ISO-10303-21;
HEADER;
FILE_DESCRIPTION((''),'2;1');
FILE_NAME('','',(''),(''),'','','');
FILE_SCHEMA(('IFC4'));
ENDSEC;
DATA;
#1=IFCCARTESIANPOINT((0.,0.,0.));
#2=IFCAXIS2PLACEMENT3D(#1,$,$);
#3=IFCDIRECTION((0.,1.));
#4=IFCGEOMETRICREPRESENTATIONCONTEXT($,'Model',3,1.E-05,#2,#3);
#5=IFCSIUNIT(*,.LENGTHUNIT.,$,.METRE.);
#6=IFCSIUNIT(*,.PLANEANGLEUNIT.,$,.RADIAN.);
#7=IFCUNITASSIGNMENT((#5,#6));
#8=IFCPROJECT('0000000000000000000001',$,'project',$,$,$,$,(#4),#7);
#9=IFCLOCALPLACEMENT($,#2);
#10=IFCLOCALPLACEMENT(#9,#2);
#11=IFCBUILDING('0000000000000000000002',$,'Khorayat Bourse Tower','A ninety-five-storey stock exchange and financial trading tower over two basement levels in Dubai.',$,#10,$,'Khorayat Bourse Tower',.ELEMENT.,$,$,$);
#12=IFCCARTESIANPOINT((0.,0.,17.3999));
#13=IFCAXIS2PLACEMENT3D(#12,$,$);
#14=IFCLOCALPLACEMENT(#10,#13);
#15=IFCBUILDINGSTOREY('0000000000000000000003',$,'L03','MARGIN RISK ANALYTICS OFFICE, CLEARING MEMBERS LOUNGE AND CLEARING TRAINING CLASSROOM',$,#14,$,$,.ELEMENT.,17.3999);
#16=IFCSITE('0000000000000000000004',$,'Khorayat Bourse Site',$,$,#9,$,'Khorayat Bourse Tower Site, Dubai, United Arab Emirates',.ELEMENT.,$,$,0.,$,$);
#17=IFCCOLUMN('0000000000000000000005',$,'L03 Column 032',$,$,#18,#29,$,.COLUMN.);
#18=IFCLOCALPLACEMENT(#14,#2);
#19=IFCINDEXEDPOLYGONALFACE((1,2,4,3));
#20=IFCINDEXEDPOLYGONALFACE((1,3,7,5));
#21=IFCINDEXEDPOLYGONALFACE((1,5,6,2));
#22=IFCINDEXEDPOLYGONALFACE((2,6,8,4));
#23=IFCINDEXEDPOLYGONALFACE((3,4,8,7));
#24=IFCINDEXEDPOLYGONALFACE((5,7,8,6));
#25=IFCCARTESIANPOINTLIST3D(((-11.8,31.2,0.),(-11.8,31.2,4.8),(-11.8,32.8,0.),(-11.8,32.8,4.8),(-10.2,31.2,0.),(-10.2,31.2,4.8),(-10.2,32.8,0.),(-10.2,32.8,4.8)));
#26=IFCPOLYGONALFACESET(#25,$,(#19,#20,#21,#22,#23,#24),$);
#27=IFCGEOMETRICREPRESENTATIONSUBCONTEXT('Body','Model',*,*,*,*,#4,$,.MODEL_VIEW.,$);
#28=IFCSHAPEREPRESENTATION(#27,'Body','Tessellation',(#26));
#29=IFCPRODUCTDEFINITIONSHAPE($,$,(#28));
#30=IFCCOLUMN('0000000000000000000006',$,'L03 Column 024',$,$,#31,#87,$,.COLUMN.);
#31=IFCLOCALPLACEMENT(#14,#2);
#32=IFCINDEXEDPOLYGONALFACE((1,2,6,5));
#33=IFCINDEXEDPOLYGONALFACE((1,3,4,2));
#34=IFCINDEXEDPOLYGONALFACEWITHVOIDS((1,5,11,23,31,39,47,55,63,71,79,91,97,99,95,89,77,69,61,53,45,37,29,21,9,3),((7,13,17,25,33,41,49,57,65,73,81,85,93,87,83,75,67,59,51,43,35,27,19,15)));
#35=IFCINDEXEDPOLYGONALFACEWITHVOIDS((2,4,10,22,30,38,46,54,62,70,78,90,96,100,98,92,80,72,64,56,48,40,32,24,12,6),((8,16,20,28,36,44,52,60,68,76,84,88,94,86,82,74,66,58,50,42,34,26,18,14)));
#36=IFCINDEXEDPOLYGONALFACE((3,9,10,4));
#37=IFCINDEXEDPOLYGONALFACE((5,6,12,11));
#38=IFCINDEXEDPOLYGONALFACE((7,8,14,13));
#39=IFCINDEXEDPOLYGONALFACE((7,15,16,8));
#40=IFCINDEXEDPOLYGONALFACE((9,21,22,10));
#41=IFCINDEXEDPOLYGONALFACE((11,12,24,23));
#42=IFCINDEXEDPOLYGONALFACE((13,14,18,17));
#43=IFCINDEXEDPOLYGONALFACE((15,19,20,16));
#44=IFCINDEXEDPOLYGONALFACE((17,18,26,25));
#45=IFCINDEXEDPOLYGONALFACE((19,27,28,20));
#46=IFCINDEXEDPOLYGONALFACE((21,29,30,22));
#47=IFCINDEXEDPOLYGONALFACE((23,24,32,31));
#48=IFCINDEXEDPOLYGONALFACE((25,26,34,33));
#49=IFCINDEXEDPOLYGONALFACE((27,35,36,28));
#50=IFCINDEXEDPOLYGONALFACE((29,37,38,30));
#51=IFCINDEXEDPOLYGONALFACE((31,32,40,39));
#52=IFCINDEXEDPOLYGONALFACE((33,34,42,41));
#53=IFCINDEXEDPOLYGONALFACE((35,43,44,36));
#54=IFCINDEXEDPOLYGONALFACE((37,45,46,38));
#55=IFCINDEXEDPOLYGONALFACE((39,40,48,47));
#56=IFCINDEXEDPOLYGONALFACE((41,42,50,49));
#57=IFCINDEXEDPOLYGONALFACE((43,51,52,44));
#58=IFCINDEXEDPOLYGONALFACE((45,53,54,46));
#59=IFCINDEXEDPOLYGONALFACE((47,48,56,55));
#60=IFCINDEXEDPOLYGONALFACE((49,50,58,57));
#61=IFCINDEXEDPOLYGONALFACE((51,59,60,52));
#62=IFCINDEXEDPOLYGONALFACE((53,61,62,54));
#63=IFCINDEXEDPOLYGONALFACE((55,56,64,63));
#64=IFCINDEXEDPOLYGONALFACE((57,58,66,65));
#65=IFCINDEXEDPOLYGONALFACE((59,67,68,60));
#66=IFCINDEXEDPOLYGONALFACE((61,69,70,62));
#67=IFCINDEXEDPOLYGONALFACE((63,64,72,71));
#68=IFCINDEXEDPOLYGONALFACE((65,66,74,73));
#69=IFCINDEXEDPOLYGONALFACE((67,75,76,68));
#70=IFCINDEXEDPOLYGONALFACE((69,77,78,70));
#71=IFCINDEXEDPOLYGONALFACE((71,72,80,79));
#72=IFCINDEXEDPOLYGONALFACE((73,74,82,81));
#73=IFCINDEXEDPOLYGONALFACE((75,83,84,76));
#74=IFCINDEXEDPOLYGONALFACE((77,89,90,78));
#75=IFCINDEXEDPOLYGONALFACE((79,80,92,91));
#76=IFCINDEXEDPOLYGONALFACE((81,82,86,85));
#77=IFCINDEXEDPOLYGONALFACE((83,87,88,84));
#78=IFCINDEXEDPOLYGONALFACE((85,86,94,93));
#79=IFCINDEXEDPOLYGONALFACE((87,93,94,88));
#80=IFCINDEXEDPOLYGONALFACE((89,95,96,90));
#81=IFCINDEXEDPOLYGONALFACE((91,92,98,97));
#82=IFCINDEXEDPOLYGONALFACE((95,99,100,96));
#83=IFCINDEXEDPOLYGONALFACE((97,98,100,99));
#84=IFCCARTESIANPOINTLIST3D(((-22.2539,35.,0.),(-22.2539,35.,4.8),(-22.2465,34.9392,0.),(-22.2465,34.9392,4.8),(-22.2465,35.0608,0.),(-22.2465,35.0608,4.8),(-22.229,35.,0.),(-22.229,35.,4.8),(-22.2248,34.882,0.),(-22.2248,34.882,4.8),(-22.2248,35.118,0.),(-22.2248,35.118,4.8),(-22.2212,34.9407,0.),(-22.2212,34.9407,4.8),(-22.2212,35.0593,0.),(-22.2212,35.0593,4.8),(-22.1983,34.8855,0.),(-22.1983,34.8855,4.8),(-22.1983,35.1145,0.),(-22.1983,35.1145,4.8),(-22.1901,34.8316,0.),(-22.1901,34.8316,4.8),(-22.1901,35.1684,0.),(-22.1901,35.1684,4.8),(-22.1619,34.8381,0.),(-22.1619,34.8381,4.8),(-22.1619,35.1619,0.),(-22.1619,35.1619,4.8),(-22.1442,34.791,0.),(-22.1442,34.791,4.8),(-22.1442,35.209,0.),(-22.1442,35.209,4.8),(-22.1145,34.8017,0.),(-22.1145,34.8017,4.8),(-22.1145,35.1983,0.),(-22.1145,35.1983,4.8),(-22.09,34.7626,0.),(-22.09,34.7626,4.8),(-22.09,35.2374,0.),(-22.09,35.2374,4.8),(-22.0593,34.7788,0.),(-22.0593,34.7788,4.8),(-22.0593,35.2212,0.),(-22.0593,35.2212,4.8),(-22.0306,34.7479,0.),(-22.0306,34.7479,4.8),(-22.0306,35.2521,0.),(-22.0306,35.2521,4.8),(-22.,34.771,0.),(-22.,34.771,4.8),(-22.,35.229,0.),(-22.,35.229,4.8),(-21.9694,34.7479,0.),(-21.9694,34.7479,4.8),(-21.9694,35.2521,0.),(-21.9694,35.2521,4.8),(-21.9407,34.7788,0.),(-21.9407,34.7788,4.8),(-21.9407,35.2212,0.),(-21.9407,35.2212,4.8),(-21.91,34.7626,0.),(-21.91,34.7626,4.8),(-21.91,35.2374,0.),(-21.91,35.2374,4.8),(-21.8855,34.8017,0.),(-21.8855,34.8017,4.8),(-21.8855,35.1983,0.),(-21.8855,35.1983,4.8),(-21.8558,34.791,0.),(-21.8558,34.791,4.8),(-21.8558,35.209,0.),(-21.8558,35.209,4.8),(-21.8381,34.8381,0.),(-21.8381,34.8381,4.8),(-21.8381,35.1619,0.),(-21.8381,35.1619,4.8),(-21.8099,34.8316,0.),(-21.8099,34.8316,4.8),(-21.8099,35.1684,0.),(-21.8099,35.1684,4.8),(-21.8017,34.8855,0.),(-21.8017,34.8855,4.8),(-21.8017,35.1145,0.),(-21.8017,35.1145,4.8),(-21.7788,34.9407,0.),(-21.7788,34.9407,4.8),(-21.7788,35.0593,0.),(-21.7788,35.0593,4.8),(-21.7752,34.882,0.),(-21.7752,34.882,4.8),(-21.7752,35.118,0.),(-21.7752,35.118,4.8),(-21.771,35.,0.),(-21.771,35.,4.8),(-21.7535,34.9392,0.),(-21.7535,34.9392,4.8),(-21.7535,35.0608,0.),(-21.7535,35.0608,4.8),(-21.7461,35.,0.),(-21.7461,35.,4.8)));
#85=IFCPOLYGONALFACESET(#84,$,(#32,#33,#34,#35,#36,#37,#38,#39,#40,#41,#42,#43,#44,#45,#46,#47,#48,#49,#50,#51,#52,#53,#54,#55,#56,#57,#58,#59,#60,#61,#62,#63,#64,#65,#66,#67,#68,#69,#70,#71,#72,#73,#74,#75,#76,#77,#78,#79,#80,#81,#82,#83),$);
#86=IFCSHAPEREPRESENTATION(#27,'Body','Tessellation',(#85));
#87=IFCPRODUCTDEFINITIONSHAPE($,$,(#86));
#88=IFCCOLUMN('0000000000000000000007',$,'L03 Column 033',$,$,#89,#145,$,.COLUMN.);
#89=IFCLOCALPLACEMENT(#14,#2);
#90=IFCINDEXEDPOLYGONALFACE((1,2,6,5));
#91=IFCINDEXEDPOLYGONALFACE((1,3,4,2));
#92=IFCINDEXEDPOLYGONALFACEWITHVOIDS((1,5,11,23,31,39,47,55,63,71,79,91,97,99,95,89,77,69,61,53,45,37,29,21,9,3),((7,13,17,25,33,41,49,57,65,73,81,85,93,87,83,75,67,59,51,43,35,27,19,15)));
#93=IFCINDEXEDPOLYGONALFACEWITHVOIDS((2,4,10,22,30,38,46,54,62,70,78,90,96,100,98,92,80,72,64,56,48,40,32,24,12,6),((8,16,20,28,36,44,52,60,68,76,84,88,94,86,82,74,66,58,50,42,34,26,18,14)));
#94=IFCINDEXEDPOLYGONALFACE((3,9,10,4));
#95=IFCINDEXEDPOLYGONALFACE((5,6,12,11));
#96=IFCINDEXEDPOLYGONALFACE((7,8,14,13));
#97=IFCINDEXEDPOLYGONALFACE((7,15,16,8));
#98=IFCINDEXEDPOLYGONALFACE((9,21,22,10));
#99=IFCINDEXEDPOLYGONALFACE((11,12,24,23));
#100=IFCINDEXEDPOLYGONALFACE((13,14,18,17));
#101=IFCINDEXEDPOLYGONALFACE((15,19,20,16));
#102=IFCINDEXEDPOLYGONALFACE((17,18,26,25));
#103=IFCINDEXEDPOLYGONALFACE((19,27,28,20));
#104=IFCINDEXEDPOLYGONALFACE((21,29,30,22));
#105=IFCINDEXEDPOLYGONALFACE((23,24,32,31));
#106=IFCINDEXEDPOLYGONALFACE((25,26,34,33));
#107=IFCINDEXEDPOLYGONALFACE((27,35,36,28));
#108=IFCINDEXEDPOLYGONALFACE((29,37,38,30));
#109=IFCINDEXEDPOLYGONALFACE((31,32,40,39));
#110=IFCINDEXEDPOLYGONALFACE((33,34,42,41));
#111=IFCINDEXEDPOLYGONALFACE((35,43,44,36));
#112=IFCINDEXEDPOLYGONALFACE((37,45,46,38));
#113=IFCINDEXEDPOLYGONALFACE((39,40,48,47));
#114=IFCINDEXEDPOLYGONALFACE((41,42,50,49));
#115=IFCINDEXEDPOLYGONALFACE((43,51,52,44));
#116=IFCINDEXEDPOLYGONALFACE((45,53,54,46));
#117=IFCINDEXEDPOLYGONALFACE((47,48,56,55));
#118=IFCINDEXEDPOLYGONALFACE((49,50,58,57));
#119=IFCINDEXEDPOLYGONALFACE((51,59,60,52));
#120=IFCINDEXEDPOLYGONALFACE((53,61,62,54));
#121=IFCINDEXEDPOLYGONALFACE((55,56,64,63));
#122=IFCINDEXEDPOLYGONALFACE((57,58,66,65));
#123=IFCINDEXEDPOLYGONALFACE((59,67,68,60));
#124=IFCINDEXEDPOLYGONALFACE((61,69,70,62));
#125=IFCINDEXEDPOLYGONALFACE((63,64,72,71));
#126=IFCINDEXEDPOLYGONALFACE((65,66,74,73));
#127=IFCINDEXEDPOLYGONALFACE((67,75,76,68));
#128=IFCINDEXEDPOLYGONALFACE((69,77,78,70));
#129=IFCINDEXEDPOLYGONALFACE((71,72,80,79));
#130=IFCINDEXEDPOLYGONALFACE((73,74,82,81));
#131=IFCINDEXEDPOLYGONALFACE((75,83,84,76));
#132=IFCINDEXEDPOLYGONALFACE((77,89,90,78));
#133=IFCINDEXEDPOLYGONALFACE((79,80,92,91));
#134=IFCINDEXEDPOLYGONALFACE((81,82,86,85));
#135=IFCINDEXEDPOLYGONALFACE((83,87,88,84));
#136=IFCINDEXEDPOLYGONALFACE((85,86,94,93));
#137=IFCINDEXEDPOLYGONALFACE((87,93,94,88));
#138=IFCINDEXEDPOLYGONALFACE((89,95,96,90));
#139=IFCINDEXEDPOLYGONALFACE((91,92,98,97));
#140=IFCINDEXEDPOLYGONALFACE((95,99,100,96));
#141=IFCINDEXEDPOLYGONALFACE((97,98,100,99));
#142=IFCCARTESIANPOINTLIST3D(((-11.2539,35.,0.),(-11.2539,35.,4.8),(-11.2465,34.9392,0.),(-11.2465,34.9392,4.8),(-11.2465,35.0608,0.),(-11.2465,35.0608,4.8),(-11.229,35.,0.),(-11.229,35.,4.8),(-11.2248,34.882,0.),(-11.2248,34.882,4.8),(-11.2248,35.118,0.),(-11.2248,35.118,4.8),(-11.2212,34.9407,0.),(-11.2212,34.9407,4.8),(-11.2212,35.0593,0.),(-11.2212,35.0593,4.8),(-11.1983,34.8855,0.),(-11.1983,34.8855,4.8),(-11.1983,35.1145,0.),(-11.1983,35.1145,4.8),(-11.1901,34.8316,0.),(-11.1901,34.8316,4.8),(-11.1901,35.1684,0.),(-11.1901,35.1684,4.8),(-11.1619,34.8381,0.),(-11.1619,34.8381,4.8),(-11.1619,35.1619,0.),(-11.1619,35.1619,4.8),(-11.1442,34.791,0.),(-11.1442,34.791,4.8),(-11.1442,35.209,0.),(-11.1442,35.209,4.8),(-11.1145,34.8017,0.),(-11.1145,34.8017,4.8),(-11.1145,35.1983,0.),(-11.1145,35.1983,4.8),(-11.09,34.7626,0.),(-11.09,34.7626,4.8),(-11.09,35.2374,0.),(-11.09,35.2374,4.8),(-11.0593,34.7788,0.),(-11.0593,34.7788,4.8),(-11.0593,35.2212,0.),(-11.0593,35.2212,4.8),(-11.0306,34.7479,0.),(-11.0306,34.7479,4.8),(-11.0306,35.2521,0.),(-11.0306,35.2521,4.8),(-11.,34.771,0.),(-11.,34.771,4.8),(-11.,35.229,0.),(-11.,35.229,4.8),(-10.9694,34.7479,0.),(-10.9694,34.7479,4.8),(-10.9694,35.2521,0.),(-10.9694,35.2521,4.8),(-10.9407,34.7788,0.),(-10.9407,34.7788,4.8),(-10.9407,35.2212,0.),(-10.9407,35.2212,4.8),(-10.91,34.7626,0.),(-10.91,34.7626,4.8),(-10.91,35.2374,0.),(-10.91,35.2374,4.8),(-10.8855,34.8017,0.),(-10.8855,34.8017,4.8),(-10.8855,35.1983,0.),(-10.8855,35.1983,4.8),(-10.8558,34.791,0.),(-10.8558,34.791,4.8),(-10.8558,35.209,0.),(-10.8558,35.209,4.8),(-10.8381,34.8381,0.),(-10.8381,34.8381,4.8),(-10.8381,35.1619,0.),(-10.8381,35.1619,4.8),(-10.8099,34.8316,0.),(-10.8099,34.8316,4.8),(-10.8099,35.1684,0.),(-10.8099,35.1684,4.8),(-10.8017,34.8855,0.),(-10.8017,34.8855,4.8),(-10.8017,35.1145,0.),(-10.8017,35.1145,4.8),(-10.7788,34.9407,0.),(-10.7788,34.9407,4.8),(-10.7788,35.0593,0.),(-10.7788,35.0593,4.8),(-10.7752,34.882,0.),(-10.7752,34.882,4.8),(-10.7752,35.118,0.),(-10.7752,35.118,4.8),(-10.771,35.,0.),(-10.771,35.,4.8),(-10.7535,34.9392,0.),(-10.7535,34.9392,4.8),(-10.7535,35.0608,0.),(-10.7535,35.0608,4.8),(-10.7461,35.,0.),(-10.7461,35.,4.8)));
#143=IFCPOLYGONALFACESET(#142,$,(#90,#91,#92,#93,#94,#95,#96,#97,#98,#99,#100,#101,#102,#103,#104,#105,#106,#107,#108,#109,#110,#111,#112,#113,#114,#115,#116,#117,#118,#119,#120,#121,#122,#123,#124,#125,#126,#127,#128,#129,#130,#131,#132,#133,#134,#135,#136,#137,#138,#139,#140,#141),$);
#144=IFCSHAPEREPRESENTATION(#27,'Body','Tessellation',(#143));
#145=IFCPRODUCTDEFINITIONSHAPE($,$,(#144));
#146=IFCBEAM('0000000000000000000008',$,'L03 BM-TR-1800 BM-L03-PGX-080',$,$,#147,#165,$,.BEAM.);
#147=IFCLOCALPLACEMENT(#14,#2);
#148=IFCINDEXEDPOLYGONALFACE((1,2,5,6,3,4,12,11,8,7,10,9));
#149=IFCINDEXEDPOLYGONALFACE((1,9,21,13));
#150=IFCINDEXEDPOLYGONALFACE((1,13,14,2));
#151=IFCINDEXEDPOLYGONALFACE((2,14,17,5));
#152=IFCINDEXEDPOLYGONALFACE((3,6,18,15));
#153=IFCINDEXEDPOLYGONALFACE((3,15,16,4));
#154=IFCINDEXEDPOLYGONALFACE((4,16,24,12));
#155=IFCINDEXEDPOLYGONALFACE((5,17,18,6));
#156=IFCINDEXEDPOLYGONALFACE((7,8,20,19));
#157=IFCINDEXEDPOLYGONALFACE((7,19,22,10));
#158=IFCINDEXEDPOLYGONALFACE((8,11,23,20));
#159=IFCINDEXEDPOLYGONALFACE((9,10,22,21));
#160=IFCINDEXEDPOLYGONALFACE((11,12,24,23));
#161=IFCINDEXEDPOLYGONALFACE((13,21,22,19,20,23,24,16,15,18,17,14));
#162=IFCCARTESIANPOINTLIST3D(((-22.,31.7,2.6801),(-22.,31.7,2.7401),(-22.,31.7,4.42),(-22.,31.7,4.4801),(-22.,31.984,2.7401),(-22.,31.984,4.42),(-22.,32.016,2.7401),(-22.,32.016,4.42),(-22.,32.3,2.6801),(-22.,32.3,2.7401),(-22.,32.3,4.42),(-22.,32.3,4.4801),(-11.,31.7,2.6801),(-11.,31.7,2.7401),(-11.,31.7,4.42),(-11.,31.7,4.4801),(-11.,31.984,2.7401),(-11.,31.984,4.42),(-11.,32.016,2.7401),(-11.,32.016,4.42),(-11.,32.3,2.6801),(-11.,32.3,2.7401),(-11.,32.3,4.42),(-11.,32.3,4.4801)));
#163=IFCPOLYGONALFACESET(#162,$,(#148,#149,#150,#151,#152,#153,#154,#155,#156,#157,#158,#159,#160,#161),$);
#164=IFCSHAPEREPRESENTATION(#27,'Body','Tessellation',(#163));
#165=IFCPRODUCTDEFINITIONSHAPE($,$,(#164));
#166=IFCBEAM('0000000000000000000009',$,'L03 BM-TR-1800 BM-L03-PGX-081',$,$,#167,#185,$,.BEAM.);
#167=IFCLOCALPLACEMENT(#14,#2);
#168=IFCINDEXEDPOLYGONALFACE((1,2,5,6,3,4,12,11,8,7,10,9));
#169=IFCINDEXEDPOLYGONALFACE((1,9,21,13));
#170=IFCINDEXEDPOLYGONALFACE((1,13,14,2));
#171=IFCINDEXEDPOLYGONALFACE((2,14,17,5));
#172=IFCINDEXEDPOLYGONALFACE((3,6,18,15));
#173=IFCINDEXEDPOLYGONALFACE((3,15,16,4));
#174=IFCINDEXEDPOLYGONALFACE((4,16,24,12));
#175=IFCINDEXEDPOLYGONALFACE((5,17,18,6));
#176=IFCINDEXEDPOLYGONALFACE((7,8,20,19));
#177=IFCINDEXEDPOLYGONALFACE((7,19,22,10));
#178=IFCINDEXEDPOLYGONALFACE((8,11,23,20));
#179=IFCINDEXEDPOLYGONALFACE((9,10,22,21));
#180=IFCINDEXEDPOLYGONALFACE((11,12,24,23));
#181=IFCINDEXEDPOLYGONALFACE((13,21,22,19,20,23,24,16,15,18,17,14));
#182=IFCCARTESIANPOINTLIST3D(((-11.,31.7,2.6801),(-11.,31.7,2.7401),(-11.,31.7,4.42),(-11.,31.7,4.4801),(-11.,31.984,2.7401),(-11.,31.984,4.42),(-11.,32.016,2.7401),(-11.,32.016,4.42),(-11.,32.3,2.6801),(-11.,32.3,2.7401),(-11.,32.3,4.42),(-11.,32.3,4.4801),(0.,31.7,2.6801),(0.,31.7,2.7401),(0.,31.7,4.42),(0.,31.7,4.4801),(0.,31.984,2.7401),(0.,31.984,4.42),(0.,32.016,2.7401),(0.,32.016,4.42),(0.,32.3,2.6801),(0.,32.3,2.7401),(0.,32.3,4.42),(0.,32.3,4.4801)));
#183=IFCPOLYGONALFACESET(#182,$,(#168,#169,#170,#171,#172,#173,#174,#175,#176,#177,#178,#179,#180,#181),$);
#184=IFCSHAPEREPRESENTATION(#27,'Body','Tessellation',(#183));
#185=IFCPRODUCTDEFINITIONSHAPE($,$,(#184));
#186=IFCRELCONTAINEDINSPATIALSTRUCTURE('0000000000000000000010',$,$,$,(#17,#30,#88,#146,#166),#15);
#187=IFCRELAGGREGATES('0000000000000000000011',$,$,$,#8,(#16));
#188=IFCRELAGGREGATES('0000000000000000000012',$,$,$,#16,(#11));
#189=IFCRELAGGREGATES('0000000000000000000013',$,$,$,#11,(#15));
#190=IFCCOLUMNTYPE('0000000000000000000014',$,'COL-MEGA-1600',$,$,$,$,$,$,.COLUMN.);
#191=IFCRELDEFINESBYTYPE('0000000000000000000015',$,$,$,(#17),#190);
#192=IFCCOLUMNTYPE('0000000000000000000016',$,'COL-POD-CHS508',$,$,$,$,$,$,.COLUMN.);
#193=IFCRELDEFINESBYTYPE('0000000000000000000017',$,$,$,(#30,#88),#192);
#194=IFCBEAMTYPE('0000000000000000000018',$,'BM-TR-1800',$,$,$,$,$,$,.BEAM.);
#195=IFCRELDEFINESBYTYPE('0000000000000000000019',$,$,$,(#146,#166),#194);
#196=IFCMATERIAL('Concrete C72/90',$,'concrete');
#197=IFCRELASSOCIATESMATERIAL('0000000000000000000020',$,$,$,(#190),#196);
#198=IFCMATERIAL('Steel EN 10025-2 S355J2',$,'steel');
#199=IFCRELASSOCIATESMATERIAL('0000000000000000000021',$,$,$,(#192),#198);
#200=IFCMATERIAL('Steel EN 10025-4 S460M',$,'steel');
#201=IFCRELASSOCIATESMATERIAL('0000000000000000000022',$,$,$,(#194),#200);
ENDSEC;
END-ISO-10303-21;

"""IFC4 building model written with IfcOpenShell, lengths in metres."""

from ifc_helpers import new_model, si_unit, direction, frame, origin, origin_2d, place, context, subcontext, project, spatial, rectangle, hollow_circle, i_section, extrude, source, transform, mapped, material, material_profile, profile_set, type_object, element, save


model = new_model("IFC4")

# Units and contexts
model_context = context("Model", 3, precision=1e-05, world=origin(), true_north=direction((0.0, 1.0)))
body_context = subcontext(model_context, "Body", "Model", "MODEL_VIEW")
ifc_project = project(units=[si_unit("LENGTHUNIT", "METRE"), si_unit("PLANEANGLEUNIT", "RADIAN")], contexts=[model_context])

# Site, building, storey
site_placement = place(None, origin())
site = spatial("IfcSite", under=ifc_project, at=site_placement, Name="Khorayat Bourse Site", LongName="Khorayat Bourse Tower Site, Dubai, United Arab Emirates", CompositionType="ELEMENT", RefElevation=0.0)
building_placement = place(site_placement, origin())
building = spatial("IfcBuilding", under=site, at=building_placement, Name="Khorayat Bourse Tower", Description="A ninety-five-storey stock exchange and financial trading tower over two basement levels in Dubai.", LongName="Khorayat Bourse Tower", CompositionType="ELEMENT")
storey_placement = place(building_placement, frame((0.0, 0.0, 17.3999)))
storey = spatial("IfcBuildingStorey", under=building, at=storey_placement, Name="L03", Description="MARGIN RISK ANALYTICS OFFICE, CLEARING MEMBERS LOUNGE AND CLEARING TRAINING CLASSROOM", CompositionType="ELEMENT", Elevation=17.3999)

# Columns
ifc_material_1 = material(Name="Concrete C72/90", Category="concrete")
ifc_material_profile_1 = material_profile(ifc_material_1, rectangle(XDim=1.6001, YDim=1.6001, at=origin_2d()), Name="RC 1600x1600")
ifc_profile_set_1 = profile_set([ifc_material_profile_1], Name="Concrete C72/90")
column_type_1 = type_object("IfcColumnType", Name="COL-MEGA-1600", PredefinedType="COLUMN", material=ifc_profile_set_1)
shared_shape_1 = source(origin(), body_context, "Body", "SweptSolid", [
    extrude(rectangle(XDim=1.6001, YDim=1.6001, at=origin_2d()), origin(), (0.0, 0.0, 1.0), 4.8),
])
column_placement = place(storey_placement, frame((-11.0, 32.0, 0.0), z_axis=(0.0, 0.0, 1.0), x_axis=(1.0, 0.0, 0.0)))
element("IfcColumn", 1, at=column_placement, inside=storey, type_object=column_type_1, Name="L03 Column 032", PredefinedType="COLUMN", context=body_context, shape_type="MappedRepresentation", body=[
    mapped(shared_shape_1, transform((0.0, 0.0, 0.0), scale=1.0)),
])
ifc_material_2 = material(Name="Steel EN 10025-2 S355J2", Category="steel")
ifc_material_profile_2 = material_profile(ifc_material_2, hollow_circle(Radius=0.2539, WallThickness=0.0249, at=origin_2d()), Name="CHS 508x25")
ifc_profile_set_2 = profile_set([ifc_material_profile_2], Name="Steel EN 10025-2 S355J2")
column_type_2 = type_object("IfcColumnType", Name="COL-POD-CHS508", PredefinedType="COLUMN", material=ifc_profile_set_2)
shared_shape_2 = source(origin(), body_context, "Body", "SweptSolid", [
    extrude(hollow_circle(Radius=0.2539, WallThickness=0.0249, at=origin_2d()), origin(), (0.0, 0.0, 1.0), 4.8),
])
for number, where, z_axis, x_axis, name in (
    (2, (-22.0, 35.0, 0.0), (0.0, 0.0, 1.0), (1.0, 0.0, 0.0), "L03 Column 024"),
    (3, (-11.0, 35.0, 0.0), (0.0, 0.0, 1.0), (1.0, 0.0, 0.0), "L03 Column 033"),
):
    element("IfcColumn", number, at=place(storey_placement, frame(where, z_axis=z_axis, x_axis=x_axis)), inside=storey, type_object=column_type_2, Name=name, PredefinedType="COLUMN", context=body_context, shape_type="MappedRepresentation", body=[
        mapped(shared_shape_2, transform((0.0, 0.0, 0.0), scale=1.0)),
    ])

# Beams
ifc_material_3 = material(Name="Steel EN 10025-4 S460M", Category="steel")
ifc_material_profile_3 = material_profile(ifc_material_3, i_section(OverallWidth=0.6001, OverallDepth=1.8, WebThickness=0.032, FlangeThickness=0.0601, at=origin_2d()), Name="PG 1800x600x32x60")
ifc_profile_set_3 = profile_set([ifc_material_profile_3], Name="Steel EN 10025-4 S460M")
beam_type_1 = type_object("IfcBeamType", Name="BM-TR-1800", PredefinedType="BEAM", material=ifc_profile_set_3)
shared_shape_3 = source(origin(), body_context, "Body", "SweptSolid", [
    extrude(i_section(OverallWidth=0.6001, OverallDepth=1.8, WebThickness=0.032, FlangeThickness=0.0601, at=origin_2d()), origin(), (0.0, 0.0, 1.0), 11.0),
])
for number, where, z_axis, x_axis, name in (
    (4, (-22.0, 32.0, 3.5801), (1.0, 0.0, 0.0), (0.0, 1.0, 0.0), "L03 BM-TR-1800 BM-L03-PGX-080"),
    (5, (-11.0, 32.0, 3.5801), (1.0, 0.0, 0.0), (0.0, 1.0, 0.0), "L03 BM-TR-1800 BM-L03-PGX-081"),
):
    element("IfcBeam", number, at=place(storey_placement, frame(where, z_axis=z_axis, x_axis=x_axis)), inside=storey, type_object=beam_type_1, Name=name, PredefinedType="BEAM", context=body_context, shape_type="MappedRepresentation", body=[
        mapped(shared_shape_3, transform((0.0, 0.0, 0.0), scale=1.0)),
    ])

save(model, "model.ifc")
